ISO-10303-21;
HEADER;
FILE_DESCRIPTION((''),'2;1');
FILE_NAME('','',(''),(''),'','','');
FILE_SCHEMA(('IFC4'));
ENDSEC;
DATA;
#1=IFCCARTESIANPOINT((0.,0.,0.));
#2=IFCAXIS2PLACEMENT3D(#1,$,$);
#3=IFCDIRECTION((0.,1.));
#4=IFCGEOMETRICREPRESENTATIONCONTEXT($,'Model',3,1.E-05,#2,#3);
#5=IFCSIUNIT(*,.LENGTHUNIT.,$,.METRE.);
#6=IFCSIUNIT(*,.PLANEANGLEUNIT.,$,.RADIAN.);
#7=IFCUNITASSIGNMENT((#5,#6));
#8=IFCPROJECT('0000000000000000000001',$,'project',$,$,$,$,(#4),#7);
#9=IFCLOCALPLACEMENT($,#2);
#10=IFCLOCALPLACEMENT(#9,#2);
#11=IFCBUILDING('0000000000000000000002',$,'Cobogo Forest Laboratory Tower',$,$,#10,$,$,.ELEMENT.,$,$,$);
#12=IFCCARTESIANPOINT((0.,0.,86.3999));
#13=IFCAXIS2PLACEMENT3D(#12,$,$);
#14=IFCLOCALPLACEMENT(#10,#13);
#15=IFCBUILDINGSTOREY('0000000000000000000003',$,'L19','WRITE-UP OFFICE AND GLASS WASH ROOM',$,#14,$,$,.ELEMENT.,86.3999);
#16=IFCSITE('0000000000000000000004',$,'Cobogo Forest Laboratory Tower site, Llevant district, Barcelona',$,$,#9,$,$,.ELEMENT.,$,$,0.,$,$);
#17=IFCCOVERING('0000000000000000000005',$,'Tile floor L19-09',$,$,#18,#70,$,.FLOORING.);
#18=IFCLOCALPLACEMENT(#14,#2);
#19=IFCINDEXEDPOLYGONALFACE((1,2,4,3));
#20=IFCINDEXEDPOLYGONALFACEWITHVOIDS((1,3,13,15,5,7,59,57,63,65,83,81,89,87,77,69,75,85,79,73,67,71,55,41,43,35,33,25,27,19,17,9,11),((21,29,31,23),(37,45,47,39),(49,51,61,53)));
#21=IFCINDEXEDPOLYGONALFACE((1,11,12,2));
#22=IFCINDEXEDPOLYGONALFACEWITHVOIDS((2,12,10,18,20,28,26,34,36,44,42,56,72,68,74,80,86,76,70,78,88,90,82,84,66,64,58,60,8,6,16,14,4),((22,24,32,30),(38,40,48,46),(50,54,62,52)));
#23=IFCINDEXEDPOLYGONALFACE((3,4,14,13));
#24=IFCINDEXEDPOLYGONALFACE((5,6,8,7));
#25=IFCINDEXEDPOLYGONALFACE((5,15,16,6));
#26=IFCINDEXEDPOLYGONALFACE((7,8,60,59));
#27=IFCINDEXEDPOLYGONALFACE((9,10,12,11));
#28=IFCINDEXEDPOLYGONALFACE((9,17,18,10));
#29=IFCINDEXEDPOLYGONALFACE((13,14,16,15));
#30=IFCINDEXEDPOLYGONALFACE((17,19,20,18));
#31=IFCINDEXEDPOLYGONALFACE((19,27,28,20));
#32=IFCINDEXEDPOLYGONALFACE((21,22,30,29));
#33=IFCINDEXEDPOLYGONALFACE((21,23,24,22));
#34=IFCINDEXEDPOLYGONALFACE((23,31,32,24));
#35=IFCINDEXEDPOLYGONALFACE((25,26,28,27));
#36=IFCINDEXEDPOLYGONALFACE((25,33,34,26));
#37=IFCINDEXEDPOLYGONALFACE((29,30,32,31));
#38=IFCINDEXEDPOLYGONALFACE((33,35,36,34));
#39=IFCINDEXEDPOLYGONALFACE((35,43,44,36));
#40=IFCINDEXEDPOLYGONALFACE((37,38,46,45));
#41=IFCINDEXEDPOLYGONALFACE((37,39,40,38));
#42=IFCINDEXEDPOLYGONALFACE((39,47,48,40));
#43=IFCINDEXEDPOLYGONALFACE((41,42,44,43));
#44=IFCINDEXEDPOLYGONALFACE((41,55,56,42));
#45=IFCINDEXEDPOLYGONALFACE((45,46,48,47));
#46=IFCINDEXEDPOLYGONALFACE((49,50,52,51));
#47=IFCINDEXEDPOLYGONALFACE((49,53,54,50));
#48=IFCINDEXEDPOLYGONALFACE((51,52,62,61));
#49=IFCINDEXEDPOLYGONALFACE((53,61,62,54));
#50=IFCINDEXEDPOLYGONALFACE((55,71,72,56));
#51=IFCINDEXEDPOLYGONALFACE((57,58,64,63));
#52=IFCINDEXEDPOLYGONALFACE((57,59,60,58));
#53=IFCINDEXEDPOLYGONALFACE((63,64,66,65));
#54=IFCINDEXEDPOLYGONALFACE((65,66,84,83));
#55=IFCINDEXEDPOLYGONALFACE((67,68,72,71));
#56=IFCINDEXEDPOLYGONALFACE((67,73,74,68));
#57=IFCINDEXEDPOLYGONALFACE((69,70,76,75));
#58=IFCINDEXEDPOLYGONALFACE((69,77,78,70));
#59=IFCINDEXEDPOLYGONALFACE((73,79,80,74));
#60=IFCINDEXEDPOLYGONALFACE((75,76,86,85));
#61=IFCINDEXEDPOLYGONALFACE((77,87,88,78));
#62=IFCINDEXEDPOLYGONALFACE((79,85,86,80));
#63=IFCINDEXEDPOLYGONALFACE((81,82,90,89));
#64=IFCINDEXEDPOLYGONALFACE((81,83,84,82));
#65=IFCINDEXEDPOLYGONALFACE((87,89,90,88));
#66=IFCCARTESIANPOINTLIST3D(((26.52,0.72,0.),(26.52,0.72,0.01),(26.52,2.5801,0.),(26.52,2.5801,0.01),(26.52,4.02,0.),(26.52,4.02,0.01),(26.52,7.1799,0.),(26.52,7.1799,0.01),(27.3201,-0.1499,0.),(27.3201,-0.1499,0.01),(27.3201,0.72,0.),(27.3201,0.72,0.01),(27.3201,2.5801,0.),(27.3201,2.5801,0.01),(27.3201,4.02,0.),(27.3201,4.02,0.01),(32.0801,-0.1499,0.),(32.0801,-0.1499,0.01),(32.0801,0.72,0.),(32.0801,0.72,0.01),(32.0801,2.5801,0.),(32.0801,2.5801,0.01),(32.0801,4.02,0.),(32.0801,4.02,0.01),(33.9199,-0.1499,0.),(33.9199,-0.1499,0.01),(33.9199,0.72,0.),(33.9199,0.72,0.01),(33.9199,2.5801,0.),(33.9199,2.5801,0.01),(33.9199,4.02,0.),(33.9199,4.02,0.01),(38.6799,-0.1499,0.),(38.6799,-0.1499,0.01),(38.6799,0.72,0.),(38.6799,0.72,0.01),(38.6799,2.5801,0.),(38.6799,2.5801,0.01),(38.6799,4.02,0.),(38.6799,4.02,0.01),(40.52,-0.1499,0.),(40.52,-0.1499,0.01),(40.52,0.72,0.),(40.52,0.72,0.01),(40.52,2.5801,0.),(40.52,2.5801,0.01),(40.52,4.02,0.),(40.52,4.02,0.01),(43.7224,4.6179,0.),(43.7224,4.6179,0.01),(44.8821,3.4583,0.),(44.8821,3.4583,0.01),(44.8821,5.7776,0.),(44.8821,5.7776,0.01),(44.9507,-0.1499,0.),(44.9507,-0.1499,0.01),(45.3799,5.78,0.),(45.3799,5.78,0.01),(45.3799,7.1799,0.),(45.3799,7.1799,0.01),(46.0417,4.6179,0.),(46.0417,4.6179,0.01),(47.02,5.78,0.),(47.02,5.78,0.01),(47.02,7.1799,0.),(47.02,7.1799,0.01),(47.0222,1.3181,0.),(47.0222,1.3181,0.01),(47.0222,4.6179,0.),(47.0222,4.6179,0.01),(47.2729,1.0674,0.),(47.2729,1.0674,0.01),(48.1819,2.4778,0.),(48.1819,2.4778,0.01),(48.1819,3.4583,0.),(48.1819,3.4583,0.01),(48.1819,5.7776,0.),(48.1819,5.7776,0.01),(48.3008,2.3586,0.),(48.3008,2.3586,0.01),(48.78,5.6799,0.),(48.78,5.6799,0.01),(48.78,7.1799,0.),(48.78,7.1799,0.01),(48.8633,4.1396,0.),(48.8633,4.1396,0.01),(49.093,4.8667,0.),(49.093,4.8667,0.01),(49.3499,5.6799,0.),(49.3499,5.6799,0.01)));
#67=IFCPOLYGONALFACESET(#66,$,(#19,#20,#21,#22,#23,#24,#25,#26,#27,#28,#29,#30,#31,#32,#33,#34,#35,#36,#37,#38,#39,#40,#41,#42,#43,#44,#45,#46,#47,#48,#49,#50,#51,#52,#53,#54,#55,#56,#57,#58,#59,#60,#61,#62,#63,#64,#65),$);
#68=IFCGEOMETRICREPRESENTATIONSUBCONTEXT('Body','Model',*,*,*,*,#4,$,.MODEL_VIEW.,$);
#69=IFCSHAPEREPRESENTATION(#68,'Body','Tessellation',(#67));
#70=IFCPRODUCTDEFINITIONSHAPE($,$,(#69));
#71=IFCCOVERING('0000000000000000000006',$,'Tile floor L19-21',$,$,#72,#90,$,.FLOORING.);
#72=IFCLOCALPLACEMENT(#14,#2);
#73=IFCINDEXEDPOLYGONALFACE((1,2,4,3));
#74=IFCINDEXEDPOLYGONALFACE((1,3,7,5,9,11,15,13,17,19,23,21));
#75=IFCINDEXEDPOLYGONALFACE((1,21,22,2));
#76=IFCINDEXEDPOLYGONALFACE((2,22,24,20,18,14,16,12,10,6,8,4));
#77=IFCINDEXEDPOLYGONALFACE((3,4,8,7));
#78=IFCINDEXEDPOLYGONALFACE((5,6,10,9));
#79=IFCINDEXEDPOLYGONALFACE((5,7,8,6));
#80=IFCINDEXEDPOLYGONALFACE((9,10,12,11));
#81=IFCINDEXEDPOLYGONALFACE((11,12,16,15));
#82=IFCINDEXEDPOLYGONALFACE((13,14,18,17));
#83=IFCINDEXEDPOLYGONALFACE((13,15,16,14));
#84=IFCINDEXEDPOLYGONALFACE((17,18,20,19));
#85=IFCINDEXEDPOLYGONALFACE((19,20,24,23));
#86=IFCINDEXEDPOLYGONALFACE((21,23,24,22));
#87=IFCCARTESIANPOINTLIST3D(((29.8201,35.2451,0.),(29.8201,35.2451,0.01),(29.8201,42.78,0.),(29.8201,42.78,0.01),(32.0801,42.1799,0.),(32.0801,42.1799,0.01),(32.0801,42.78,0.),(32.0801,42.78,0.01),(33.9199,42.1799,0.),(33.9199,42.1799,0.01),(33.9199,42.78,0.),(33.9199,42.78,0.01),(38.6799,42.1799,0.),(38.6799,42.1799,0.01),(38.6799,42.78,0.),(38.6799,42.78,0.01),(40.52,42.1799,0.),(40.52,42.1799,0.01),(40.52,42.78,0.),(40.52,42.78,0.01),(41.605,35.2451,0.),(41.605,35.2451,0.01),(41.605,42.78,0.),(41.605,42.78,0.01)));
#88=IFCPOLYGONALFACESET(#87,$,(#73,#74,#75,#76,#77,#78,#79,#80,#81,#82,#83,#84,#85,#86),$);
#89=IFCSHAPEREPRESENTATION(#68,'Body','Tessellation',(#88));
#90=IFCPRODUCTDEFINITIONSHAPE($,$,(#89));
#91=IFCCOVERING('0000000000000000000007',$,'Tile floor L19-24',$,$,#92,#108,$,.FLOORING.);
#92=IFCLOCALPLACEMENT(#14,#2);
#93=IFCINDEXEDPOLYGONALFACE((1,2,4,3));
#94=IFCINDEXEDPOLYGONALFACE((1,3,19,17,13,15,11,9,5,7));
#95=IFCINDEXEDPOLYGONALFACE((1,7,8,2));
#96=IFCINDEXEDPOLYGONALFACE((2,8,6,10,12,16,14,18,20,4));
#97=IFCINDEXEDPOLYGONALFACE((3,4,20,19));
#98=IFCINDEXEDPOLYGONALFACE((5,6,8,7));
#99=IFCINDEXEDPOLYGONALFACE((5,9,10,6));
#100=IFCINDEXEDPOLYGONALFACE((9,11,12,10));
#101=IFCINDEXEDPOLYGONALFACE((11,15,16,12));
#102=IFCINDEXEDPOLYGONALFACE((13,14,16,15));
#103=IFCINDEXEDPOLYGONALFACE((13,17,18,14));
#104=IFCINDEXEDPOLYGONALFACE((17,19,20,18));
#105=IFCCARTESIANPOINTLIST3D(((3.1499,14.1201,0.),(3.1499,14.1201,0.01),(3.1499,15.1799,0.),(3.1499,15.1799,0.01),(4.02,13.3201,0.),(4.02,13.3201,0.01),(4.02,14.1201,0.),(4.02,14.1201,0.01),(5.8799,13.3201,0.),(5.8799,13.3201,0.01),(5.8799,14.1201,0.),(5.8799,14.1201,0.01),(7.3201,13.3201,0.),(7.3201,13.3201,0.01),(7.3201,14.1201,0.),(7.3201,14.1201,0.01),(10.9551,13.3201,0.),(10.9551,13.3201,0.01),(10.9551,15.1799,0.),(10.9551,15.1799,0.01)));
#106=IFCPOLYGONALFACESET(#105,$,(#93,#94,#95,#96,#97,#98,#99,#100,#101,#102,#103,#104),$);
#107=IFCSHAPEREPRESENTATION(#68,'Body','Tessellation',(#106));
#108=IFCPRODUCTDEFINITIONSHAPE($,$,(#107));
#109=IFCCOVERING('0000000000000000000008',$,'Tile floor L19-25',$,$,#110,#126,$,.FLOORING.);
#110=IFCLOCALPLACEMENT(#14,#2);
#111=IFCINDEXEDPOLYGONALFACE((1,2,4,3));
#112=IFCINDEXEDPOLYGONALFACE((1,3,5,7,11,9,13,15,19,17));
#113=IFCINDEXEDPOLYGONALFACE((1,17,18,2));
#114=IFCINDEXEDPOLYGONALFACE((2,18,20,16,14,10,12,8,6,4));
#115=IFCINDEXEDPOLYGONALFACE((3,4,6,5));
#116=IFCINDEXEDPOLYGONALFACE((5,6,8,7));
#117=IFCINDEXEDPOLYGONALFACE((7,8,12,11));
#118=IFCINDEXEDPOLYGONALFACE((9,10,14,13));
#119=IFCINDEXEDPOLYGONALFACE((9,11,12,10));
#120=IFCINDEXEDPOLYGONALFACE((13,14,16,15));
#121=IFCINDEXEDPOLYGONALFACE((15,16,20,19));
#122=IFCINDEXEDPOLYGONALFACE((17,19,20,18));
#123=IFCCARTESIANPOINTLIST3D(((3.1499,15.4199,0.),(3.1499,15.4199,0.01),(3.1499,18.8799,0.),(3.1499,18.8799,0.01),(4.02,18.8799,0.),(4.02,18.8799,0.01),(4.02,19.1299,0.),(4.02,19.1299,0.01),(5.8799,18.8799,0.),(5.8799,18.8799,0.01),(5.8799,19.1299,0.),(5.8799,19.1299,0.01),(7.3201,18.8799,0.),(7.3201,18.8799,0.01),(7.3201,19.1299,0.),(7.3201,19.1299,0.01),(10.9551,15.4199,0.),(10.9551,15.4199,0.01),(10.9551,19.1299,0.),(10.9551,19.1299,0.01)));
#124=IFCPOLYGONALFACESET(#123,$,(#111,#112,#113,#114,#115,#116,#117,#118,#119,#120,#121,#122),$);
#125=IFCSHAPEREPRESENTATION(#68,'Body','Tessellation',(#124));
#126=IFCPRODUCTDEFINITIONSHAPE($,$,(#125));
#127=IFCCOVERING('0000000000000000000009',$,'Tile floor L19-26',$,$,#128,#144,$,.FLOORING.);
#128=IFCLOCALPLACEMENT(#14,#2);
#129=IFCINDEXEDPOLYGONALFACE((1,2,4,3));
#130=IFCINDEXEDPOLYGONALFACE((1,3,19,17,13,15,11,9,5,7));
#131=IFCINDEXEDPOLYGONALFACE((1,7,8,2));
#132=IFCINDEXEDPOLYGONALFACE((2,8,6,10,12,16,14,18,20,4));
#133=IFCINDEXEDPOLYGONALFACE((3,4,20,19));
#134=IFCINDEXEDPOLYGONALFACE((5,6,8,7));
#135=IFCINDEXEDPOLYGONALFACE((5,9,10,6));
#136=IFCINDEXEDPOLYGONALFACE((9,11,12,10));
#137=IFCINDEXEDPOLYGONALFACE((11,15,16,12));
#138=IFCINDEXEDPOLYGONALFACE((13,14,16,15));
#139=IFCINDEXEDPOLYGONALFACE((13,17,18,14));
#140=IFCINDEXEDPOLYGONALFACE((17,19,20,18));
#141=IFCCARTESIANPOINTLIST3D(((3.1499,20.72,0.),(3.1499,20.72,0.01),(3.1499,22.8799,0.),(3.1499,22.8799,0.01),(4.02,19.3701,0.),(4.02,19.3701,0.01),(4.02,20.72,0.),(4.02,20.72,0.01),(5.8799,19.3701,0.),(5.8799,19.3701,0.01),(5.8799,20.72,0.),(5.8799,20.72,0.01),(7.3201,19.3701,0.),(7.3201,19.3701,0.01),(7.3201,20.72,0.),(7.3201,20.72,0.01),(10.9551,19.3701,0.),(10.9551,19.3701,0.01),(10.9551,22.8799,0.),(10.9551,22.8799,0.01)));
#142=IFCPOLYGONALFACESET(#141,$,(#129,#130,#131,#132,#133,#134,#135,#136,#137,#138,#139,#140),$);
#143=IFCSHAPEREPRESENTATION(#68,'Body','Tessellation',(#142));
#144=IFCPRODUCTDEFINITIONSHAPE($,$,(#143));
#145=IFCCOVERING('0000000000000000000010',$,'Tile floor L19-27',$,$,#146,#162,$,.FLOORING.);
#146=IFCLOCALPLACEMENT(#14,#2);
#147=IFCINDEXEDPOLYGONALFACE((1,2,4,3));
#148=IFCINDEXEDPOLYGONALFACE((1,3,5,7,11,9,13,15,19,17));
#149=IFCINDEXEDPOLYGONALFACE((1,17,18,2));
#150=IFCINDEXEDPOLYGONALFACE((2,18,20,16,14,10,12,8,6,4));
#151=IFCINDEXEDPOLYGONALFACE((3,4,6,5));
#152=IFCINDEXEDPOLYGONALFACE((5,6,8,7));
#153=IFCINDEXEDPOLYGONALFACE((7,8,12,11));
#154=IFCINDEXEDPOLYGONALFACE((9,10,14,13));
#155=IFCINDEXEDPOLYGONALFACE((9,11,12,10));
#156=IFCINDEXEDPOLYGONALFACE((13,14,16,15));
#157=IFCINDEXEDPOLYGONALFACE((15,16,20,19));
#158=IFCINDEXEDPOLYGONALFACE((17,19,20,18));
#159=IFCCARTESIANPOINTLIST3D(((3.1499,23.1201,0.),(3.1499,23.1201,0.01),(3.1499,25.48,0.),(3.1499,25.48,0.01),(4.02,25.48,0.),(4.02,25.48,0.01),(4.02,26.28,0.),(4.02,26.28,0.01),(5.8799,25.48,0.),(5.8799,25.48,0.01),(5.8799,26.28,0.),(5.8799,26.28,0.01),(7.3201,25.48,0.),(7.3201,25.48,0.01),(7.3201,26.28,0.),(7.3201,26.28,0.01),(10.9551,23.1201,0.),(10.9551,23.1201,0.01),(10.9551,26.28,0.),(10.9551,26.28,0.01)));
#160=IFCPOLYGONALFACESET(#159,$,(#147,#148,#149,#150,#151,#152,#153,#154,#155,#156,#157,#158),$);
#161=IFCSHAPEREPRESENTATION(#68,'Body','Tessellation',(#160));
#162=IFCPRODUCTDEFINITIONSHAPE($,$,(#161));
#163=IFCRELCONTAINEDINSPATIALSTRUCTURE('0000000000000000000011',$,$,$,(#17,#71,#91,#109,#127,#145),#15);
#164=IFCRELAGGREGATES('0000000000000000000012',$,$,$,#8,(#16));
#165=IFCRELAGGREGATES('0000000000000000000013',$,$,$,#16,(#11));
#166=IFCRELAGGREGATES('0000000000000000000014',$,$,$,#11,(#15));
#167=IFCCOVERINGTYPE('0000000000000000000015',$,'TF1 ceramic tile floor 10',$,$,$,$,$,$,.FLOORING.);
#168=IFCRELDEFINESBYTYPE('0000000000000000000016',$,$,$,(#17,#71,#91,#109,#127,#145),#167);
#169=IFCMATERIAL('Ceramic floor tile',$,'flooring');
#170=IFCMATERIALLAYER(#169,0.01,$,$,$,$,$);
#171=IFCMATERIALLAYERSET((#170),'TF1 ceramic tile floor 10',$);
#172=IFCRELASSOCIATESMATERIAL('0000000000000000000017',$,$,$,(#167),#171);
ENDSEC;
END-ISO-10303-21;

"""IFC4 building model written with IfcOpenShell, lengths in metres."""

from ifc_helpers import new_model, si_unit, direction, frame, origin, place, context, subcontext, project, spatial, polyline, outline, extrude, material, layer, layer_set, type_object, element, save


model = new_model("IFC4")

# Units and contexts
model_context = context("Model", 3, precision=1e-05, world=origin(), true_north=direction((0.0, 1.0)))
body_context = subcontext(model_context, "Body", "Model", "MODEL_VIEW")
ifc_project = project(units=[si_unit("LENGTHUNIT", "METRE"), si_unit("PLANEANGLEUNIT", "RADIAN")], contexts=[model_context])

# Site, building, storey
site_placement = place(None, origin())
site = spatial("IfcSite", under=ifc_project, at=site_placement, Name="Cobogo Forest Laboratory Tower site, Llevant district, Barcelona", CompositionType="ELEMENT", RefElevation=0.0)
building_placement = place(site_placement, origin())
building = spatial("IfcBuilding", under=site, at=building_placement, Name="Cobogo Forest Laboratory Tower", CompositionType="ELEMENT")
storey_placement = place(building_placement, frame((0.0, 0.0, 86.3999)))
storey = spatial("IfcBuildingStorey", under=building, at=storey_placement, Name="L19", Description="WRITE-UP OFFICE AND GLASS WASH ROOM", CompositionType="ELEMENT", Elevation=86.3999)

# Coverings
ifc_material_1 = material(Name="Ceramic floor tile", Category="flooring")
ifc_layer_1 = layer(ifc_material_1, 0.01)
ifc_layer_set_1 = layer_set([ifc_layer_1], Name="TF1 ceramic tile floor 10")
covering_type_1 = type_object("IfcCoveringType", Name="TF1 ceramic tile floor 10", PredefinedType="FLOORING", material=ifc_layer_set_1)
covering_1_placement = place(storey_placement, origin())
element("IfcCovering", 1, at=covering_1_placement, inside=storey, type_object=covering_type_1, Name="Tile floor L19-09", PredefinedType="FLOORING", context=body_context, shape_type="SweptSolid", body=[
    extrude(outline(polyline([(45.3799, 7.1799), (45.3799, 5.78), (47.02, 5.78), (47.02, 7.1799), (48.78, 7.1799), (48.78, 5.6799), (49.3499, 5.6799), (49.093, 4.8667), (48.1819, 5.7776), (47.0222, 4.6179), (48.1819, 3.4583), (48.8633, 4.1396), (48.3008, 2.3586), (48.1819, 2.4778), (47.0222, 1.3181), (47.2729, 1.0674), (44.9507, -0.1499), (40.52, -0.1499), (40.52, 0.72), (38.6799, 0.72), (38.6799, -0.1499), (33.9199, -0.1499), (33.9199, 0.72), (32.0801, 0.72), (32.0801, -0.1499), (27.3201, -0.1499), (27.3201, 0.72), (26.52, 0.72), (26.52, 2.5801), (27.3201, 2.5801), (27.3201, 4.02), (26.52, 4.02), (26.52, 7.1799), (45.3799, 7.1799)]), holes=[polyline([(43.7224, 4.6179), (44.8821, 3.4583), (46.0417, 4.6179), (44.8821, 5.7776), (43.7224, 4.6179)]), polyline([(38.6799, 4.02), (38.6799, 2.5801), (40.52, 2.5801), (40.52, 4.02), (38.6799, 4.02)]), polyline([(32.0801, 4.02), (32.0801, 2.5801), (33.9199, 2.5801), (33.9199, 4.02), (32.0801, 4.02)])]), origin(), (0.0, 0.0, 1.0), 0.01),
])
covering_2_placement = place(storey_placement, origin())
element("IfcCovering", 2, at=covering_2_placement, inside=storey, type_object=covering_type_1, Name="Tile floor L19-21", PredefinedType="FLOORING", context=body_context, shape_type="SweptSolid", body=[
    extrude(outline(polyline([(29.8201, 42.78), (32.0801, 42.78), (32.0801, 42.1799), (33.9199, 42.1799), (33.9199, 42.78), (38.6799, 42.78), (38.6799, 42.1799), (40.52, 42.1799), (40.52, 42.78), (41.605, 42.78), (41.605, 35.2451), (29.8201, 35.2451), (29.8201, 42.78)])), origin(), (0.0, 0.0, 1.0), 0.01),
])
covering_3_placement = place(storey_placement, origin())
element("IfcCovering", 3, at=covering_3_placement, inside=storey, type_object=covering_type_1, Name="Tile floor L19-24", PredefinedType="FLOORING", context=body_context, shape_type="SweptSolid", body=[
    extrude(outline(polyline([(10.9551, 13.3201), (7.3201, 13.3201), (7.3201, 14.1201), (5.8799, 14.1201), (5.8799, 13.3201), (4.02, 13.3201), (4.02, 14.1201), (3.1499, 14.1201), (3.1499, 15.1799), (10.9551, 15.1799), (10.9551, 13.3201)])), origin(), (0.0, 0.0, 1.0), 0.01),
])
covering_4_placement = place(storey_placement, origin())
element("IfcCovering", 4, at=covering_4_placement, inside=storey, type_object=covering_type_1, Name="Tile floor L19-25", PredefinedType="FLOORING", context=body_context, shape_type="SweptSolid", body=[
    extrude(outline(polyline([(10.9551, 15.4199), (3.1499, 15.4199), (3.1499, 18.8799), (4.02, 18.8799), (4.02, 19.1299), (5.8799, 19.1299), (5.8799, 18.8799), (7.3201, 18.8799), (7.3201, 19.1299), (10.9551, 19.1299), (10.9551, 15.4199)])), origin(), (0.0, 0.0, 1.0), 0.01),
])
covering_5_placement = place(storey_placement, origin())
element("IfcCovering", 5, at=covering_5_placement, inside=storey, type_object=covering_type_1, Name="Tile floor L19-26", PredefinedType="FLOORING", context=body_context, shape_type="SweptSolid", body=[
    extrude(outline(polyline([(10.9551, 19.3701), (7.3201, 19.3701), (7.3201, 20.72), (5.8799, 20.72), (5.8799, 19.3701), (4.02, 19.3701), (4.02, 20.72), (3.1499, 20.72), (3.1499, 22.8799), (10.9551, 22.8799), (10.9551, 19.3701)])), origin(), (0.0, 0.0, 1.0), 0.01),
])
covering_6_placement = place(storey_placement, origin())
element("IfcCovering", 6, at=covering_6_placement, inside=storey, type_object=covering_type_1, Name="Tile floor L19-27", PredefinedType="FLOORING", context=body_context, shape_type="SweptSolid", body=[
    extrude(outline(polyline([(10.9551, 23.1201), (3.1499, 23.1201), (3.1499, 25.48), (4.02, 25.48), (4.02, 26.28), (5.8799, 26.28), (5.8799, 25.48), (7.3201, 25.48), (7.3201, 26.28), (10.9551, 26.28), (10.9551, 23.1201)])), origin(), (0.0, 0.0, 1.0), 0.01),
])

save(model, "model.ifc")
